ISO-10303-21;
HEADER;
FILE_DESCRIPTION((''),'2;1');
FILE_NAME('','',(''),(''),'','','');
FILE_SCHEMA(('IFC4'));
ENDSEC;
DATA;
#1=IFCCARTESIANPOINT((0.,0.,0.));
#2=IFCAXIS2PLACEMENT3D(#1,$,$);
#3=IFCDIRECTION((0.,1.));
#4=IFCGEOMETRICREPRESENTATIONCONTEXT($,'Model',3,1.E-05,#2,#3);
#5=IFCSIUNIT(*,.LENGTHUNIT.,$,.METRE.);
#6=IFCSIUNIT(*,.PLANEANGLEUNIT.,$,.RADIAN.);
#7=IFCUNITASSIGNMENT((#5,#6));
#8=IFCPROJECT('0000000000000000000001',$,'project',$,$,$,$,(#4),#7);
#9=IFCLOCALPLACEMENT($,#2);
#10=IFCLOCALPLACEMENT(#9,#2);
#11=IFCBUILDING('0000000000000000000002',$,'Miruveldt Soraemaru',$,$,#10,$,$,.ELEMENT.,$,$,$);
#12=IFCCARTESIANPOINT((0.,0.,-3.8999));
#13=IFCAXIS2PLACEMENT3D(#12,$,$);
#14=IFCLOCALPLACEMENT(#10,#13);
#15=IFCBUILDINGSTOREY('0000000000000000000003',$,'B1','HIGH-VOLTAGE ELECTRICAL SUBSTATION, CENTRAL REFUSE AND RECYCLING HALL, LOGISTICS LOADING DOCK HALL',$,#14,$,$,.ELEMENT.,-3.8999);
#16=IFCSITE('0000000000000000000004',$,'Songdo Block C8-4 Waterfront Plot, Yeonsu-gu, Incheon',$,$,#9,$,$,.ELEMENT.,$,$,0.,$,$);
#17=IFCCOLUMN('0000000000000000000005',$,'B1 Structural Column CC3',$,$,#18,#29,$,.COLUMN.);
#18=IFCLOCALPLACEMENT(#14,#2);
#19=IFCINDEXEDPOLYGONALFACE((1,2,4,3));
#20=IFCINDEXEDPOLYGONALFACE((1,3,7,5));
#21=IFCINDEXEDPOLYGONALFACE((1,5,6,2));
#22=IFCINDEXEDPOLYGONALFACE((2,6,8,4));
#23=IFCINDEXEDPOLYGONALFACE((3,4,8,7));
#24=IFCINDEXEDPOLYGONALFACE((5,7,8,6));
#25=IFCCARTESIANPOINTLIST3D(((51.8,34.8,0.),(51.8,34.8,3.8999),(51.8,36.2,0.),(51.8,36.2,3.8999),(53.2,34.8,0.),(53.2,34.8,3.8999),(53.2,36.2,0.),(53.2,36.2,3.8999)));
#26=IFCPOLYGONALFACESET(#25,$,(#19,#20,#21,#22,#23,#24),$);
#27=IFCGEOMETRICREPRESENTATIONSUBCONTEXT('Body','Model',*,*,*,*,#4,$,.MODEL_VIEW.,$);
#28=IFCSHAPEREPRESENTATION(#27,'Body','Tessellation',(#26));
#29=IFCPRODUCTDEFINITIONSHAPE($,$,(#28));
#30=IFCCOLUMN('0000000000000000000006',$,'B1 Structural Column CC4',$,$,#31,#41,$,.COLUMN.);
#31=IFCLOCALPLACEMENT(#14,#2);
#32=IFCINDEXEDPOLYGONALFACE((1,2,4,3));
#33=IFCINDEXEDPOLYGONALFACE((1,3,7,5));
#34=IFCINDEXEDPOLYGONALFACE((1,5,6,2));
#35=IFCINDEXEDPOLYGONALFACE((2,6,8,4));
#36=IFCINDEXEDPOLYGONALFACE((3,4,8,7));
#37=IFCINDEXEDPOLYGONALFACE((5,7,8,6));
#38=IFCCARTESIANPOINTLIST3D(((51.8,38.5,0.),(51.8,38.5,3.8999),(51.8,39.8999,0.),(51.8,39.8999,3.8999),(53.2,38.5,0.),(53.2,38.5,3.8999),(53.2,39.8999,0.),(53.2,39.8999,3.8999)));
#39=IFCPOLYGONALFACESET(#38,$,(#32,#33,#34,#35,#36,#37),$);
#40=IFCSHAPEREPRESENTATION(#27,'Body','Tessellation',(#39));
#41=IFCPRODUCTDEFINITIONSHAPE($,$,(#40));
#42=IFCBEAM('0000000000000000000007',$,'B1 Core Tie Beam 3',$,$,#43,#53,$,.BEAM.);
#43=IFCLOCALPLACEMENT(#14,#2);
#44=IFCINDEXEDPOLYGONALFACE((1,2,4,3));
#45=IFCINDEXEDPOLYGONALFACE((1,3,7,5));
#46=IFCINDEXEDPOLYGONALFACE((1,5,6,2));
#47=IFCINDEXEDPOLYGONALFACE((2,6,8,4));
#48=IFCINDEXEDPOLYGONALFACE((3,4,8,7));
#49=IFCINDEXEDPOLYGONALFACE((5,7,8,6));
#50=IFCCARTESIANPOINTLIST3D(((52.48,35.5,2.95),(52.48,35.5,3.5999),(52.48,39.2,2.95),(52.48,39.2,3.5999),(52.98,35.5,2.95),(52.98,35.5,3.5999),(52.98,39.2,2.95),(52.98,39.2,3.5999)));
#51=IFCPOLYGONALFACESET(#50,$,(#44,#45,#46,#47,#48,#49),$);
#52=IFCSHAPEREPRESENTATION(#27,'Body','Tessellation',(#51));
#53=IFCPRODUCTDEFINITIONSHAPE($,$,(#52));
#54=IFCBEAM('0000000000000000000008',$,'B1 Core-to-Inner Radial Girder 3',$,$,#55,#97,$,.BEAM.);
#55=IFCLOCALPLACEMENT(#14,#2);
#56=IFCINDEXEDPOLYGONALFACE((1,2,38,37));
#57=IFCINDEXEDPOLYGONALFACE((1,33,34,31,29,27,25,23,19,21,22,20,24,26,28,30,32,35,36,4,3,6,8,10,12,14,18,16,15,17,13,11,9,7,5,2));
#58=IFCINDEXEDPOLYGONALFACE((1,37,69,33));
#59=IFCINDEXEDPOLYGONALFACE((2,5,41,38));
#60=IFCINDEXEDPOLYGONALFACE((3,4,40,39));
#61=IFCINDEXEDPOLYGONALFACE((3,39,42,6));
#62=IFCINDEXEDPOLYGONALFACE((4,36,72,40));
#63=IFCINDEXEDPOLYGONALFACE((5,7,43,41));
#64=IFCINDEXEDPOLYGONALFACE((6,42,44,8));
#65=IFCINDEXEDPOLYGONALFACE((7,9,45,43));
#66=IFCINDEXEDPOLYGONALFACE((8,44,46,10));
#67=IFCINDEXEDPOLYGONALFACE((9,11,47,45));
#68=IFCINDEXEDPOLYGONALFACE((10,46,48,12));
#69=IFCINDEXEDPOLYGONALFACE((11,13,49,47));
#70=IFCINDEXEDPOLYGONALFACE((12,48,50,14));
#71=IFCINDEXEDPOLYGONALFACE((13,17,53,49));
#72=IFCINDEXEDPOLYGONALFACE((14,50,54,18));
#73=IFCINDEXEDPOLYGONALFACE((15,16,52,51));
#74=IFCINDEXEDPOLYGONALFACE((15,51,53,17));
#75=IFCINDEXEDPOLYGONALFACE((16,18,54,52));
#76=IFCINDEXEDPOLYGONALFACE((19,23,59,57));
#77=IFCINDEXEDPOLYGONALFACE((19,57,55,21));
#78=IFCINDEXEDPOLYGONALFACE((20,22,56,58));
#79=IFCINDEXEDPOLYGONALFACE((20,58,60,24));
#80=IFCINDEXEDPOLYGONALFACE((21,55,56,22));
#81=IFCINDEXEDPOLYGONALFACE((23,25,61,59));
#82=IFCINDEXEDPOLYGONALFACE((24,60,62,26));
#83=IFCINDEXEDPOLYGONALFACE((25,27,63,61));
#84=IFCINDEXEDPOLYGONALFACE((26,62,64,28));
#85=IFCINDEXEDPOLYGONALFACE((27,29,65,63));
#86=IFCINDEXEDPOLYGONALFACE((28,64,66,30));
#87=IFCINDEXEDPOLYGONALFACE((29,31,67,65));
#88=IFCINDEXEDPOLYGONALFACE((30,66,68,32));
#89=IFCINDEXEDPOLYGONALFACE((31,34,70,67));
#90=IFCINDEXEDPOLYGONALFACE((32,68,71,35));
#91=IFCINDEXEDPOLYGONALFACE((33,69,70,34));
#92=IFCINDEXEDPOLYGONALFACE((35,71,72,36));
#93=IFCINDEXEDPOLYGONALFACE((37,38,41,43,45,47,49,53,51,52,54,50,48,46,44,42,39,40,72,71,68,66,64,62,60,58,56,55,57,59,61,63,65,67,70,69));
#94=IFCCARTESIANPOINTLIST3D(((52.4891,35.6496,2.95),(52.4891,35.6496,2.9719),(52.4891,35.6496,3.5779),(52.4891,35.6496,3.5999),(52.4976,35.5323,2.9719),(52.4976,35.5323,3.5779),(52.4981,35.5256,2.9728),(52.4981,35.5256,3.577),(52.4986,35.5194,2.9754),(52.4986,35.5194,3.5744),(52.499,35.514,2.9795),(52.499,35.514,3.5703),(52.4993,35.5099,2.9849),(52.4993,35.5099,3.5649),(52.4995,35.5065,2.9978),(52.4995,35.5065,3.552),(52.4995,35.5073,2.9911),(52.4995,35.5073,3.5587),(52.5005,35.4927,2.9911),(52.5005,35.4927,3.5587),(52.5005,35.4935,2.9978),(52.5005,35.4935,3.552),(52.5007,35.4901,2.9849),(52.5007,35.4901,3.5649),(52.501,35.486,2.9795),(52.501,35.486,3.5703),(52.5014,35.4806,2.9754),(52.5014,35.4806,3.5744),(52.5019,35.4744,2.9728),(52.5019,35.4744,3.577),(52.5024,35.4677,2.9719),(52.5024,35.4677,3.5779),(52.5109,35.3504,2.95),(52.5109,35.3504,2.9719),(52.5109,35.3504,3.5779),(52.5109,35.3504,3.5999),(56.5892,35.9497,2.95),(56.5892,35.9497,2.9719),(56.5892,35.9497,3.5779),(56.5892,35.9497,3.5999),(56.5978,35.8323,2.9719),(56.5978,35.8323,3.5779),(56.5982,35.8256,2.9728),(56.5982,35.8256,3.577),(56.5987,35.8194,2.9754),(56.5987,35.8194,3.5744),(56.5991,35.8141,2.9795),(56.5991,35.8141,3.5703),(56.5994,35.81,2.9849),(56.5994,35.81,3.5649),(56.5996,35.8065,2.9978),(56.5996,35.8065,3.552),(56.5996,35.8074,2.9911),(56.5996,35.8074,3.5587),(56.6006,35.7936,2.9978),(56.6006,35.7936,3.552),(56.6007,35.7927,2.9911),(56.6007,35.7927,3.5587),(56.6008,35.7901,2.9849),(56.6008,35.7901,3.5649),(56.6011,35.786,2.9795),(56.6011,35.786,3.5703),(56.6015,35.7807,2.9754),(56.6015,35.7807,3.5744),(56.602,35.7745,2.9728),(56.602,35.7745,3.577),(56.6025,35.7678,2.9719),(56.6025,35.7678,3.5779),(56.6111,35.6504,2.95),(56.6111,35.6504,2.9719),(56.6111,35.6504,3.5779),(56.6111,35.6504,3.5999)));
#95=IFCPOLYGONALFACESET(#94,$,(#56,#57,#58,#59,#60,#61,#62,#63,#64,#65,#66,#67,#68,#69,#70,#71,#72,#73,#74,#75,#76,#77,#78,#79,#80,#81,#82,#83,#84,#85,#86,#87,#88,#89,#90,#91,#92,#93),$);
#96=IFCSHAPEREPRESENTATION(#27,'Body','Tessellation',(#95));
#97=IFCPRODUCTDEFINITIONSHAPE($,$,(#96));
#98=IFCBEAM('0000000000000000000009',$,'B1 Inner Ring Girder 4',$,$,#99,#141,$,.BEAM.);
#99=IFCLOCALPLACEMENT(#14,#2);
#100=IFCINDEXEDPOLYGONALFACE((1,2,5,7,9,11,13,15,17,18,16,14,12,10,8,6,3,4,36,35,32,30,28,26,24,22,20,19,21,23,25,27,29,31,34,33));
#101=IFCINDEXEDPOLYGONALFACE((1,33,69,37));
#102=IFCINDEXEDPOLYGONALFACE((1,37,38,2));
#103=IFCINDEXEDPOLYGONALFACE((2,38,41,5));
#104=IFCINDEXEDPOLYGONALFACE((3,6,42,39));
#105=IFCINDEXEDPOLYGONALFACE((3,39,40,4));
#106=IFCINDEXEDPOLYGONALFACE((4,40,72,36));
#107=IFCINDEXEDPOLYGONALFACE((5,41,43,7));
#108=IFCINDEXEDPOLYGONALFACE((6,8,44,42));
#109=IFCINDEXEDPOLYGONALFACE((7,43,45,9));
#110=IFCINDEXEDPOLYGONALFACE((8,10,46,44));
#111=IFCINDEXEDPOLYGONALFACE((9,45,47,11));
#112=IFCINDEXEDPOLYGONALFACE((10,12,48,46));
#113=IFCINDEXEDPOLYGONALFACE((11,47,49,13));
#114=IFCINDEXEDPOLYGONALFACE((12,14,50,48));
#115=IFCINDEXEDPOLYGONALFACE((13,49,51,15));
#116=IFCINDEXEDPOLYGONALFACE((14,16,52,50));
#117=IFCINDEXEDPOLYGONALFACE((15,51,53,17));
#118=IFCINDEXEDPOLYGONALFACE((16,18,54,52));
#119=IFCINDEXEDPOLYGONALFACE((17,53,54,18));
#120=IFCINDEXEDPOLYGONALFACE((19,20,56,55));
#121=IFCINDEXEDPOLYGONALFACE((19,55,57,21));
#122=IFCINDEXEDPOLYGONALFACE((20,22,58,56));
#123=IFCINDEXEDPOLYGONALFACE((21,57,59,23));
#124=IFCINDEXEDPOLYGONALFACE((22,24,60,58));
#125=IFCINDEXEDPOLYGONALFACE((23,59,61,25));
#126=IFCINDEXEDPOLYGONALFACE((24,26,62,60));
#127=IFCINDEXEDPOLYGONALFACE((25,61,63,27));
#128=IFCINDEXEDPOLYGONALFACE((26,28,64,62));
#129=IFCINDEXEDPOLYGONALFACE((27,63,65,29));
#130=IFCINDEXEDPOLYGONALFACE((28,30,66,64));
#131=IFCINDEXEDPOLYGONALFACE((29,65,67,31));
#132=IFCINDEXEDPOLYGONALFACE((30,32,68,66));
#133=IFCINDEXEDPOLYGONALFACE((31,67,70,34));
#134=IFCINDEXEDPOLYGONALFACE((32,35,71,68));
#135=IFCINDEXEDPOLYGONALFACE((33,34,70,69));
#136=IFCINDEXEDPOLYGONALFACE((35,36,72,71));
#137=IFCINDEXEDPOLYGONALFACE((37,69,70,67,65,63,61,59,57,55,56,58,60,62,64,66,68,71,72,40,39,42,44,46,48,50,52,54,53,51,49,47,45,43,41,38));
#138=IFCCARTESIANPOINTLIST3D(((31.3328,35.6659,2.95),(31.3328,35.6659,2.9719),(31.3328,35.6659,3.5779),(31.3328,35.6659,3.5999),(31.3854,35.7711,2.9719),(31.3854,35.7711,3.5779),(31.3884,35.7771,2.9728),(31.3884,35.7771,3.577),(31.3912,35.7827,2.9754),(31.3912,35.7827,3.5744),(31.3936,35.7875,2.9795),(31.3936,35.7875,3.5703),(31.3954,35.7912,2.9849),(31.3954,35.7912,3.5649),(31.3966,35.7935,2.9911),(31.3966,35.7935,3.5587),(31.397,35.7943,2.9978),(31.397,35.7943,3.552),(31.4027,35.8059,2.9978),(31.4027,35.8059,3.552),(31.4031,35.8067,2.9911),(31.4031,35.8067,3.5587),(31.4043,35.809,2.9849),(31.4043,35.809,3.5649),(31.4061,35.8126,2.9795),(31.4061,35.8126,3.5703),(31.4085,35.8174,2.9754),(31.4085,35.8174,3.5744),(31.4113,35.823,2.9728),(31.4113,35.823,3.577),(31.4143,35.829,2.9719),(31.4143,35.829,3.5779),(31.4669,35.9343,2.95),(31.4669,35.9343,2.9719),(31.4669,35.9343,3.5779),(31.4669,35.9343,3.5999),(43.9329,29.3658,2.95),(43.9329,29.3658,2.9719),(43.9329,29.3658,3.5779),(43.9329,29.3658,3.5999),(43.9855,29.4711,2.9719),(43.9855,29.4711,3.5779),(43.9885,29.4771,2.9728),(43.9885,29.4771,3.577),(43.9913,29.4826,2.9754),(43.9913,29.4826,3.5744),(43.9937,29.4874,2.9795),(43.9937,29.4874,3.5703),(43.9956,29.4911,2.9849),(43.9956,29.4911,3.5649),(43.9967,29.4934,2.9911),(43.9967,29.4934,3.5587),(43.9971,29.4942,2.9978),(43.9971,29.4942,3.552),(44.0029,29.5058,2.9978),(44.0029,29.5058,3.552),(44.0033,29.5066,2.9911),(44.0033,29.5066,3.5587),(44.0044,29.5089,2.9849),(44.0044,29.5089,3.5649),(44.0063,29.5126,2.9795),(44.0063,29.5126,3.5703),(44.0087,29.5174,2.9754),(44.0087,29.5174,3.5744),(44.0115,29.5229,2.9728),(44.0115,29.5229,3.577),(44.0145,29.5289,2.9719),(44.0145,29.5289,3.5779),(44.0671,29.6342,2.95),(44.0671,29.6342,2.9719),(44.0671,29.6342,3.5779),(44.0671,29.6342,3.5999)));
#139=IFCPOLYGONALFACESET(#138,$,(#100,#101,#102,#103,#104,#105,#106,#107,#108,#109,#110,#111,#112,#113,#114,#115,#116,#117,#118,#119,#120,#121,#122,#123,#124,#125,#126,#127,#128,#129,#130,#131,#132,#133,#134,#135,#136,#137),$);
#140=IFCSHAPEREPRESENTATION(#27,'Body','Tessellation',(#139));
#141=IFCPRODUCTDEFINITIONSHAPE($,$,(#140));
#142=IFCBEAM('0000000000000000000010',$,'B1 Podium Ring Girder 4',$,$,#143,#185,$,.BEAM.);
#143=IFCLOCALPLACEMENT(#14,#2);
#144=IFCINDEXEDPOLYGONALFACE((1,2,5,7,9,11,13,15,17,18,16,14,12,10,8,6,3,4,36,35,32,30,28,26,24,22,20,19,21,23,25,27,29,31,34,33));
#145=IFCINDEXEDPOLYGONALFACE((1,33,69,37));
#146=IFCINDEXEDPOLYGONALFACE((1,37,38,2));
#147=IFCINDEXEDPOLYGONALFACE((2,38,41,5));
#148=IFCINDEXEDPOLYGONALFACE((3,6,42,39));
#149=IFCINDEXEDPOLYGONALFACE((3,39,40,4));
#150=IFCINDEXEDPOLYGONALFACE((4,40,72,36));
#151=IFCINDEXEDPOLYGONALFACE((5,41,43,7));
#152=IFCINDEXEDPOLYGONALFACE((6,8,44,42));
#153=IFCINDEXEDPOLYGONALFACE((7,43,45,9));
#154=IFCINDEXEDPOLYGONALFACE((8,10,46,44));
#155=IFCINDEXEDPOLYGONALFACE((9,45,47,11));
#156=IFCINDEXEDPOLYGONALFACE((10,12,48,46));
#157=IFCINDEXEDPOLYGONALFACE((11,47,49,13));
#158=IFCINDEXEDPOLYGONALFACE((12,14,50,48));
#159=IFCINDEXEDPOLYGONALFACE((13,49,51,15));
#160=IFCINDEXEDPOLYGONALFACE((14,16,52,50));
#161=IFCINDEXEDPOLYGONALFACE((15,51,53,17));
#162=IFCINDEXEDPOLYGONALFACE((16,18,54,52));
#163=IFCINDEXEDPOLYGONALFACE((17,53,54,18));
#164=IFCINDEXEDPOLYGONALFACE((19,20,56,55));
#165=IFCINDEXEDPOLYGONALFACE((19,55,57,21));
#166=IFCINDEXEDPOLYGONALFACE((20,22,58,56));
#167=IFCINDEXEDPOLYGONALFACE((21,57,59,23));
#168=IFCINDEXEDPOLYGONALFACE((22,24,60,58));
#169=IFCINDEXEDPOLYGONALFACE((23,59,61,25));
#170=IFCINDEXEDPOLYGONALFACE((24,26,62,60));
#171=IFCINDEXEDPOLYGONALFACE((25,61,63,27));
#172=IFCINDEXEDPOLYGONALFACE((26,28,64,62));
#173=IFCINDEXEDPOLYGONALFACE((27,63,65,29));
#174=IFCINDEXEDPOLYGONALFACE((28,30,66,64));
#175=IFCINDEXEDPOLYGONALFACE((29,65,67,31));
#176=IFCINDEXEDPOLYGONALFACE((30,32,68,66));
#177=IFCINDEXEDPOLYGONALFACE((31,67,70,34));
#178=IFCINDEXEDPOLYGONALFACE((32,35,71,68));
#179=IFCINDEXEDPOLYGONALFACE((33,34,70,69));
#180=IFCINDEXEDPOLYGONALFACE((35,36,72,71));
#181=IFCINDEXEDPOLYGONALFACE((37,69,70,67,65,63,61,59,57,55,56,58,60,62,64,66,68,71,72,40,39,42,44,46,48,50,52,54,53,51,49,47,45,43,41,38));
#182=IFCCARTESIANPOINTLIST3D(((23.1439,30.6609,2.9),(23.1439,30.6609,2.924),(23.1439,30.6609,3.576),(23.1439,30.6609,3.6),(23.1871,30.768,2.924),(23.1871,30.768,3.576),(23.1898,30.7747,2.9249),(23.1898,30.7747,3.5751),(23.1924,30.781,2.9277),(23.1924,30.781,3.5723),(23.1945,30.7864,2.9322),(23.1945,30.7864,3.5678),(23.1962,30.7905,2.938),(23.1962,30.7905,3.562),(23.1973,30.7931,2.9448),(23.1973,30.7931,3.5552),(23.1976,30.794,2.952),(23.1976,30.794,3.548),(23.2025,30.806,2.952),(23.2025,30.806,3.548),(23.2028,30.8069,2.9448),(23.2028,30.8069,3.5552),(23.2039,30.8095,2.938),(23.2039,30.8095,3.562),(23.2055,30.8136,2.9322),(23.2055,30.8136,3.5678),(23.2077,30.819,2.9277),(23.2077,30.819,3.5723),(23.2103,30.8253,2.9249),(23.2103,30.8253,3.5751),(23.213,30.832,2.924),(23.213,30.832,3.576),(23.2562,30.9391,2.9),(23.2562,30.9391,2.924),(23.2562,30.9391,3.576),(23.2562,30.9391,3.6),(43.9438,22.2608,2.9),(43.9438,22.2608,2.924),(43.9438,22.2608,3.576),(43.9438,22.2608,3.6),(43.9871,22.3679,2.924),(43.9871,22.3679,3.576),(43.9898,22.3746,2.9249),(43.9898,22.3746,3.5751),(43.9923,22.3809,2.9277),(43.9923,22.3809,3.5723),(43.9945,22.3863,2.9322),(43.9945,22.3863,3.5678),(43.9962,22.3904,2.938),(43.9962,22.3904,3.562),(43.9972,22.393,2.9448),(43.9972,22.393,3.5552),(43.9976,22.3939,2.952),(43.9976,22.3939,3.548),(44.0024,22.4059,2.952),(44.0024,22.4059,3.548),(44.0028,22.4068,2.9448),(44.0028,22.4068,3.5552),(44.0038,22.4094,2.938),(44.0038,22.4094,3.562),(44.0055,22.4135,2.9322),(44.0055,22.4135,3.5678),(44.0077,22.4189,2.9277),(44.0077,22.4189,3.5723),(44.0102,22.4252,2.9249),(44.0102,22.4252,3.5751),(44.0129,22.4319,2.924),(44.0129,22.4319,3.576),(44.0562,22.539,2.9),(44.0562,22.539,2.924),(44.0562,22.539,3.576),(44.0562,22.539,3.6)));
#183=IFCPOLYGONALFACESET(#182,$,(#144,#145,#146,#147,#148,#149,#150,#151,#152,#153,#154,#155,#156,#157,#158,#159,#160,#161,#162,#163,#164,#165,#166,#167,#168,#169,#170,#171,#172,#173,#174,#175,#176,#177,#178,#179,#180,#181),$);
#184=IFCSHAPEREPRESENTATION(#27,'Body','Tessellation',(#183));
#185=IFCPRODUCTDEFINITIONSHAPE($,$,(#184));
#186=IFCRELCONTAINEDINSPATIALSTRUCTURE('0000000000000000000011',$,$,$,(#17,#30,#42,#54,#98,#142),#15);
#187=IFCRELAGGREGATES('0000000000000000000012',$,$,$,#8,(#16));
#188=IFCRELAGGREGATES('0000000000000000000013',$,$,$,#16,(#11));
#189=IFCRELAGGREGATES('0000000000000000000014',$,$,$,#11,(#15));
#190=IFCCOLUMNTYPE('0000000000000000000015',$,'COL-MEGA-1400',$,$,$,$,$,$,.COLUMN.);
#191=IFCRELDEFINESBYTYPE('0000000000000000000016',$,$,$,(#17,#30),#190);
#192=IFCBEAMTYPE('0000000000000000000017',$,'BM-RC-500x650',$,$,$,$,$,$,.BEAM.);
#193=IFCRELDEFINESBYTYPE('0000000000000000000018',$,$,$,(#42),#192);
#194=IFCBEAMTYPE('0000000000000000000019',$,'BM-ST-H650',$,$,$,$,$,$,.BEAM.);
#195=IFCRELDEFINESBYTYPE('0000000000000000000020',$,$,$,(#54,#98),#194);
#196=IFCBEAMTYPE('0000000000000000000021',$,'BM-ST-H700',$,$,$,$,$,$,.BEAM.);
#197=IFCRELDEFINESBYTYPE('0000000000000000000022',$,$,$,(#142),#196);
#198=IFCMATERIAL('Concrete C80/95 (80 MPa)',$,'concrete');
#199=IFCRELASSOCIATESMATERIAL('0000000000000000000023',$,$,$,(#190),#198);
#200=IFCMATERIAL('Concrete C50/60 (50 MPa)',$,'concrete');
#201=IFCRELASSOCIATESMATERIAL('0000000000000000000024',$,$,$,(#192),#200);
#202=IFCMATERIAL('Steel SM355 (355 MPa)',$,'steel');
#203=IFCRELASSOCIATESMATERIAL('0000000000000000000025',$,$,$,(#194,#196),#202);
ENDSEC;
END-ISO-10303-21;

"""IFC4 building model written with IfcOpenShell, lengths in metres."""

from ifc_helpers import new_model, si_unit, direction, frame, origin, origin_2d, place, context, subcontext, project, spatial, rectangle, i_section, extrude, material, material_profile, profile_set, type_object, element, save


model = new_model("IFC4")

# Units and contexts
model_context = context("Model", 3, precision=1e-05, world=origin(), true_north=direction((0.0, 1.0)))
body_context = subcontext(model_context, "Body", "Model", "MODEL_VIEW")
ifc_project = project(units=[si_unit("LENGTHUNIT", "METRE"), si_unit("PLANEANGLEUNIT", "RADIAN")], contexts=[model_context])

# Site, building, storey
site_placement = place(None, origin())
site = spatial("IfcSite", under=ifc_project, at=site_placement, Name="Songdo Block C8-4 Waterfront Plot, Yeonsu-gu, Incheon", CompositionType="ELEMENT", RefElevation=0.0)
building_placement = place(site_placement, origin())
building = spatial("IfcBuilding", under=site, at=building_placement, Name="Miruveldt Soraemaru", CompositionType="ELEMENT")
storey_placement = place(building_placement, frame((0.0, 0.0, -3.8999)))
storey = spatial("IfcBuildingStorey", under=building, at=storey_placement, Name="B1", Description="HIGH-VOLTAGE ELECTRICAL SUBSTATION, CENTRAL REFUSE AND RECYCLING HALL, LOGISTICS LOADING DOCK HALL", CompositionType="ELEMENT", Elevation=-3.8999)

# Columns
ifc_material_1 = material(Name="Concrete C80/95 (80 MPa)", Category="concrete")
ifc_material_profile_1 = material_profile(ifc_material_1, rectangle(XDim=1.3999, YDim=1.3999, at=origin_2d()), Name="Concrete C80/95 (80 MPa)", Category="concrete")
ifc_profile_set_1 = profile_set([ifc_material_profile_1], Name="Concrete C80/95 (80 MPa)")
column_type = type_object("IfcColumnType", Name="COL-MEGA-1400", PredefinedType="COLUMN", material=ifc_profile_set_1)
for number, where, z_axis, x_axis, name in (
    (1, (52.5, 35.5, 0.0), (0.0, 0.0, 1.0), (1.0, 0.0, 0.0), "B1 Structural Column CC3"),
    (2, (52.5, 39.2, 0.0), (0.0, 0.0, 1.0), (1.0, 0.0, 0.0), "B1 Structural Column CC4"),
):
    element("IfcColumn", number, at=place(storey_placement, frame(where, z_axis=z_axis, x_axis=x_axis)), inside=storey, type_object=column_type, Name=name, PredefinedType="COLUMN", context=body_context, shape_type="SweptSolid", body=[
        extrude(rectangle(XDim=1.3999, YDim=1.3999, at=origin_2d()), origin(), (0.0, 0.0, 1.0), 3.8999),
    ])

# Beams
ifc_material_2 = material(Name="Concrete C50/60 (50 MPa)", Category="concrete")
ifc_material_profile_2 = material_profile(ifc_material_2, rectangle(XDim=0.5, YDim=0.6499, at=origin_2d()), Name="Concrete C50/60 (50 MPa)", Category="concrete")
ifc_profile_set_2 = profile_set([ifc_material_profile_2], Name="Concrete C50/60 (50 MPa)")
beam_type_1 = type_object("IfcBeamType", Name="BM-RC-500x650", PredefinedType="BEAM", material=ifc_profile_set_2)
beam_1_placement = place(storey_placement, frame((52.73, 35.5, 3.2749), z_axis=(0.0, 1.0, 0.0), x_axis=(-1.0, 0.0, 0.0)))
element("IfcBeam", 3, at=beam_1_placement, inside=storey, type_object=beam_type_1, Name="B1 Core Tie Beam 3", PredefinedType="BEAM", context=body_context, shape_type="SweptSolid", body=[
    extrude(rectangle(XDim=0.5, YDim=0.6499, at=origin_2d()), origin(), (0.0, 0.0, 1.0), 3.7),
])
ifc_material_3 = material(Name="Steel SM355 (355 MPa)", Category="steel")
ifc_material_profile_3 = material_profile(ifc_material_3, i_section(OverallWidth=0.3, OverallDepth=0.6499, WebThickness=0.0129, FlangeThickness=0.022, FilletRadius=0.0259, at=origin_2d()), Name="Steel SM355 (355 MPa)", Category="steel")
ifc_profile_set_3 = profile_set([ifc_material_profile_3], Name="Steel SM355 (355 MPa)")
beam_type_2 = type_object("IfcBeamType", Name="BM-ST-H650", PredefinedType="BEAM", material=ifc_profile_set_3)
beam_2_placement = place(storey_placement, frame((52.5, 35.5, 3.2749), z_axis=(0.997333, 0.072986, 0.0), x_axis=(-0.072986, 0.997333, 0.0)))
element("IfcBeam", 4, at=beam_2_placement, inside=storey, type_object=beam_type_2, Name="B1 Core-to-Inner Radial Girder 3", PredefinedType="BEAM", context=body_context, shape_type="SweptSolid", body=[
    extrude(i_section(OverallWidth=0.3, OverallDepth=0.6499, WebThickness=0.0129, FlangeThickness=0.022, FilletRadius=0.0259, at=origin_2d()), origin(), (0.0, 0.0, 1.0), 4.1111),
])
beam_3_placement = place(storey_placement, frame((44.0, 29.5, 3.2749), z_axis=(-0.894427, 0.447214, 0.0), x_axis=(-0.447214, -0.894427, 0.0)))
element("IfcBeam", 5, at=beam_3_placement, inside=storey, type_object=beam_type_2, Name="B1 Inner Ring Girder 4", PredefinedType="BEAM", context=body_context, shape_type="SweptSolid", body=[
    extrude(i_section(OverallWidth=0.3, OverallDepth=0.6499, WebThickness=0.0129, FlangeThickness=0.022, FilletRadius=0.0259, at=origin_2d()), origin(), (0.0, 0.0, 1.0), 14.0874),
])
ifc_material_profile_4 = material_profile(ifc_material_3, i_section(OverallWidth=0.3, OverallDepth=0.7, WebThickness=0.0129, FlangeThickness=0.0239, FilletRadius=0.0281, at=origin_2d()), Name="Steel SM355 (355 MPa)", Category="steel")
ifc_profile_set_4 = profile_set([ifc_material_profile_4], Name="Steel SM355 (355 MPa)")
beam_type_3 = type_object("IfcBeamType", Name="BM-ST-H700", PredefinedType="BEAM", material=ifc_profile_set_4)
beam_4_placement = place(storey_placement, frame((44.0, 22.3999, 3.25), z_axis=(-0.92724, 0.374468, 0.0), x_axis=(-0.374468, -0.92724, 0.0)))
element("IfcBeam", 6, at=beam_4_placement, inside=storey, type_object=beam_type_3, Name="B1 Podium Ring Girder 4", PredefinedType="BEAM", context=body_context, shape_type="SweptSolid", body=[
    extrude(i_section(OverallWidth=0.3, OverallDepth=0.7, WebThickness=0.0129, FlangeThickness=0.0239, FilletRadius=0.0281, at=origin_2d()), origin(), (0.0, 0.0, 1.0), 22.4321),
])

save(model, "model.ifc")
